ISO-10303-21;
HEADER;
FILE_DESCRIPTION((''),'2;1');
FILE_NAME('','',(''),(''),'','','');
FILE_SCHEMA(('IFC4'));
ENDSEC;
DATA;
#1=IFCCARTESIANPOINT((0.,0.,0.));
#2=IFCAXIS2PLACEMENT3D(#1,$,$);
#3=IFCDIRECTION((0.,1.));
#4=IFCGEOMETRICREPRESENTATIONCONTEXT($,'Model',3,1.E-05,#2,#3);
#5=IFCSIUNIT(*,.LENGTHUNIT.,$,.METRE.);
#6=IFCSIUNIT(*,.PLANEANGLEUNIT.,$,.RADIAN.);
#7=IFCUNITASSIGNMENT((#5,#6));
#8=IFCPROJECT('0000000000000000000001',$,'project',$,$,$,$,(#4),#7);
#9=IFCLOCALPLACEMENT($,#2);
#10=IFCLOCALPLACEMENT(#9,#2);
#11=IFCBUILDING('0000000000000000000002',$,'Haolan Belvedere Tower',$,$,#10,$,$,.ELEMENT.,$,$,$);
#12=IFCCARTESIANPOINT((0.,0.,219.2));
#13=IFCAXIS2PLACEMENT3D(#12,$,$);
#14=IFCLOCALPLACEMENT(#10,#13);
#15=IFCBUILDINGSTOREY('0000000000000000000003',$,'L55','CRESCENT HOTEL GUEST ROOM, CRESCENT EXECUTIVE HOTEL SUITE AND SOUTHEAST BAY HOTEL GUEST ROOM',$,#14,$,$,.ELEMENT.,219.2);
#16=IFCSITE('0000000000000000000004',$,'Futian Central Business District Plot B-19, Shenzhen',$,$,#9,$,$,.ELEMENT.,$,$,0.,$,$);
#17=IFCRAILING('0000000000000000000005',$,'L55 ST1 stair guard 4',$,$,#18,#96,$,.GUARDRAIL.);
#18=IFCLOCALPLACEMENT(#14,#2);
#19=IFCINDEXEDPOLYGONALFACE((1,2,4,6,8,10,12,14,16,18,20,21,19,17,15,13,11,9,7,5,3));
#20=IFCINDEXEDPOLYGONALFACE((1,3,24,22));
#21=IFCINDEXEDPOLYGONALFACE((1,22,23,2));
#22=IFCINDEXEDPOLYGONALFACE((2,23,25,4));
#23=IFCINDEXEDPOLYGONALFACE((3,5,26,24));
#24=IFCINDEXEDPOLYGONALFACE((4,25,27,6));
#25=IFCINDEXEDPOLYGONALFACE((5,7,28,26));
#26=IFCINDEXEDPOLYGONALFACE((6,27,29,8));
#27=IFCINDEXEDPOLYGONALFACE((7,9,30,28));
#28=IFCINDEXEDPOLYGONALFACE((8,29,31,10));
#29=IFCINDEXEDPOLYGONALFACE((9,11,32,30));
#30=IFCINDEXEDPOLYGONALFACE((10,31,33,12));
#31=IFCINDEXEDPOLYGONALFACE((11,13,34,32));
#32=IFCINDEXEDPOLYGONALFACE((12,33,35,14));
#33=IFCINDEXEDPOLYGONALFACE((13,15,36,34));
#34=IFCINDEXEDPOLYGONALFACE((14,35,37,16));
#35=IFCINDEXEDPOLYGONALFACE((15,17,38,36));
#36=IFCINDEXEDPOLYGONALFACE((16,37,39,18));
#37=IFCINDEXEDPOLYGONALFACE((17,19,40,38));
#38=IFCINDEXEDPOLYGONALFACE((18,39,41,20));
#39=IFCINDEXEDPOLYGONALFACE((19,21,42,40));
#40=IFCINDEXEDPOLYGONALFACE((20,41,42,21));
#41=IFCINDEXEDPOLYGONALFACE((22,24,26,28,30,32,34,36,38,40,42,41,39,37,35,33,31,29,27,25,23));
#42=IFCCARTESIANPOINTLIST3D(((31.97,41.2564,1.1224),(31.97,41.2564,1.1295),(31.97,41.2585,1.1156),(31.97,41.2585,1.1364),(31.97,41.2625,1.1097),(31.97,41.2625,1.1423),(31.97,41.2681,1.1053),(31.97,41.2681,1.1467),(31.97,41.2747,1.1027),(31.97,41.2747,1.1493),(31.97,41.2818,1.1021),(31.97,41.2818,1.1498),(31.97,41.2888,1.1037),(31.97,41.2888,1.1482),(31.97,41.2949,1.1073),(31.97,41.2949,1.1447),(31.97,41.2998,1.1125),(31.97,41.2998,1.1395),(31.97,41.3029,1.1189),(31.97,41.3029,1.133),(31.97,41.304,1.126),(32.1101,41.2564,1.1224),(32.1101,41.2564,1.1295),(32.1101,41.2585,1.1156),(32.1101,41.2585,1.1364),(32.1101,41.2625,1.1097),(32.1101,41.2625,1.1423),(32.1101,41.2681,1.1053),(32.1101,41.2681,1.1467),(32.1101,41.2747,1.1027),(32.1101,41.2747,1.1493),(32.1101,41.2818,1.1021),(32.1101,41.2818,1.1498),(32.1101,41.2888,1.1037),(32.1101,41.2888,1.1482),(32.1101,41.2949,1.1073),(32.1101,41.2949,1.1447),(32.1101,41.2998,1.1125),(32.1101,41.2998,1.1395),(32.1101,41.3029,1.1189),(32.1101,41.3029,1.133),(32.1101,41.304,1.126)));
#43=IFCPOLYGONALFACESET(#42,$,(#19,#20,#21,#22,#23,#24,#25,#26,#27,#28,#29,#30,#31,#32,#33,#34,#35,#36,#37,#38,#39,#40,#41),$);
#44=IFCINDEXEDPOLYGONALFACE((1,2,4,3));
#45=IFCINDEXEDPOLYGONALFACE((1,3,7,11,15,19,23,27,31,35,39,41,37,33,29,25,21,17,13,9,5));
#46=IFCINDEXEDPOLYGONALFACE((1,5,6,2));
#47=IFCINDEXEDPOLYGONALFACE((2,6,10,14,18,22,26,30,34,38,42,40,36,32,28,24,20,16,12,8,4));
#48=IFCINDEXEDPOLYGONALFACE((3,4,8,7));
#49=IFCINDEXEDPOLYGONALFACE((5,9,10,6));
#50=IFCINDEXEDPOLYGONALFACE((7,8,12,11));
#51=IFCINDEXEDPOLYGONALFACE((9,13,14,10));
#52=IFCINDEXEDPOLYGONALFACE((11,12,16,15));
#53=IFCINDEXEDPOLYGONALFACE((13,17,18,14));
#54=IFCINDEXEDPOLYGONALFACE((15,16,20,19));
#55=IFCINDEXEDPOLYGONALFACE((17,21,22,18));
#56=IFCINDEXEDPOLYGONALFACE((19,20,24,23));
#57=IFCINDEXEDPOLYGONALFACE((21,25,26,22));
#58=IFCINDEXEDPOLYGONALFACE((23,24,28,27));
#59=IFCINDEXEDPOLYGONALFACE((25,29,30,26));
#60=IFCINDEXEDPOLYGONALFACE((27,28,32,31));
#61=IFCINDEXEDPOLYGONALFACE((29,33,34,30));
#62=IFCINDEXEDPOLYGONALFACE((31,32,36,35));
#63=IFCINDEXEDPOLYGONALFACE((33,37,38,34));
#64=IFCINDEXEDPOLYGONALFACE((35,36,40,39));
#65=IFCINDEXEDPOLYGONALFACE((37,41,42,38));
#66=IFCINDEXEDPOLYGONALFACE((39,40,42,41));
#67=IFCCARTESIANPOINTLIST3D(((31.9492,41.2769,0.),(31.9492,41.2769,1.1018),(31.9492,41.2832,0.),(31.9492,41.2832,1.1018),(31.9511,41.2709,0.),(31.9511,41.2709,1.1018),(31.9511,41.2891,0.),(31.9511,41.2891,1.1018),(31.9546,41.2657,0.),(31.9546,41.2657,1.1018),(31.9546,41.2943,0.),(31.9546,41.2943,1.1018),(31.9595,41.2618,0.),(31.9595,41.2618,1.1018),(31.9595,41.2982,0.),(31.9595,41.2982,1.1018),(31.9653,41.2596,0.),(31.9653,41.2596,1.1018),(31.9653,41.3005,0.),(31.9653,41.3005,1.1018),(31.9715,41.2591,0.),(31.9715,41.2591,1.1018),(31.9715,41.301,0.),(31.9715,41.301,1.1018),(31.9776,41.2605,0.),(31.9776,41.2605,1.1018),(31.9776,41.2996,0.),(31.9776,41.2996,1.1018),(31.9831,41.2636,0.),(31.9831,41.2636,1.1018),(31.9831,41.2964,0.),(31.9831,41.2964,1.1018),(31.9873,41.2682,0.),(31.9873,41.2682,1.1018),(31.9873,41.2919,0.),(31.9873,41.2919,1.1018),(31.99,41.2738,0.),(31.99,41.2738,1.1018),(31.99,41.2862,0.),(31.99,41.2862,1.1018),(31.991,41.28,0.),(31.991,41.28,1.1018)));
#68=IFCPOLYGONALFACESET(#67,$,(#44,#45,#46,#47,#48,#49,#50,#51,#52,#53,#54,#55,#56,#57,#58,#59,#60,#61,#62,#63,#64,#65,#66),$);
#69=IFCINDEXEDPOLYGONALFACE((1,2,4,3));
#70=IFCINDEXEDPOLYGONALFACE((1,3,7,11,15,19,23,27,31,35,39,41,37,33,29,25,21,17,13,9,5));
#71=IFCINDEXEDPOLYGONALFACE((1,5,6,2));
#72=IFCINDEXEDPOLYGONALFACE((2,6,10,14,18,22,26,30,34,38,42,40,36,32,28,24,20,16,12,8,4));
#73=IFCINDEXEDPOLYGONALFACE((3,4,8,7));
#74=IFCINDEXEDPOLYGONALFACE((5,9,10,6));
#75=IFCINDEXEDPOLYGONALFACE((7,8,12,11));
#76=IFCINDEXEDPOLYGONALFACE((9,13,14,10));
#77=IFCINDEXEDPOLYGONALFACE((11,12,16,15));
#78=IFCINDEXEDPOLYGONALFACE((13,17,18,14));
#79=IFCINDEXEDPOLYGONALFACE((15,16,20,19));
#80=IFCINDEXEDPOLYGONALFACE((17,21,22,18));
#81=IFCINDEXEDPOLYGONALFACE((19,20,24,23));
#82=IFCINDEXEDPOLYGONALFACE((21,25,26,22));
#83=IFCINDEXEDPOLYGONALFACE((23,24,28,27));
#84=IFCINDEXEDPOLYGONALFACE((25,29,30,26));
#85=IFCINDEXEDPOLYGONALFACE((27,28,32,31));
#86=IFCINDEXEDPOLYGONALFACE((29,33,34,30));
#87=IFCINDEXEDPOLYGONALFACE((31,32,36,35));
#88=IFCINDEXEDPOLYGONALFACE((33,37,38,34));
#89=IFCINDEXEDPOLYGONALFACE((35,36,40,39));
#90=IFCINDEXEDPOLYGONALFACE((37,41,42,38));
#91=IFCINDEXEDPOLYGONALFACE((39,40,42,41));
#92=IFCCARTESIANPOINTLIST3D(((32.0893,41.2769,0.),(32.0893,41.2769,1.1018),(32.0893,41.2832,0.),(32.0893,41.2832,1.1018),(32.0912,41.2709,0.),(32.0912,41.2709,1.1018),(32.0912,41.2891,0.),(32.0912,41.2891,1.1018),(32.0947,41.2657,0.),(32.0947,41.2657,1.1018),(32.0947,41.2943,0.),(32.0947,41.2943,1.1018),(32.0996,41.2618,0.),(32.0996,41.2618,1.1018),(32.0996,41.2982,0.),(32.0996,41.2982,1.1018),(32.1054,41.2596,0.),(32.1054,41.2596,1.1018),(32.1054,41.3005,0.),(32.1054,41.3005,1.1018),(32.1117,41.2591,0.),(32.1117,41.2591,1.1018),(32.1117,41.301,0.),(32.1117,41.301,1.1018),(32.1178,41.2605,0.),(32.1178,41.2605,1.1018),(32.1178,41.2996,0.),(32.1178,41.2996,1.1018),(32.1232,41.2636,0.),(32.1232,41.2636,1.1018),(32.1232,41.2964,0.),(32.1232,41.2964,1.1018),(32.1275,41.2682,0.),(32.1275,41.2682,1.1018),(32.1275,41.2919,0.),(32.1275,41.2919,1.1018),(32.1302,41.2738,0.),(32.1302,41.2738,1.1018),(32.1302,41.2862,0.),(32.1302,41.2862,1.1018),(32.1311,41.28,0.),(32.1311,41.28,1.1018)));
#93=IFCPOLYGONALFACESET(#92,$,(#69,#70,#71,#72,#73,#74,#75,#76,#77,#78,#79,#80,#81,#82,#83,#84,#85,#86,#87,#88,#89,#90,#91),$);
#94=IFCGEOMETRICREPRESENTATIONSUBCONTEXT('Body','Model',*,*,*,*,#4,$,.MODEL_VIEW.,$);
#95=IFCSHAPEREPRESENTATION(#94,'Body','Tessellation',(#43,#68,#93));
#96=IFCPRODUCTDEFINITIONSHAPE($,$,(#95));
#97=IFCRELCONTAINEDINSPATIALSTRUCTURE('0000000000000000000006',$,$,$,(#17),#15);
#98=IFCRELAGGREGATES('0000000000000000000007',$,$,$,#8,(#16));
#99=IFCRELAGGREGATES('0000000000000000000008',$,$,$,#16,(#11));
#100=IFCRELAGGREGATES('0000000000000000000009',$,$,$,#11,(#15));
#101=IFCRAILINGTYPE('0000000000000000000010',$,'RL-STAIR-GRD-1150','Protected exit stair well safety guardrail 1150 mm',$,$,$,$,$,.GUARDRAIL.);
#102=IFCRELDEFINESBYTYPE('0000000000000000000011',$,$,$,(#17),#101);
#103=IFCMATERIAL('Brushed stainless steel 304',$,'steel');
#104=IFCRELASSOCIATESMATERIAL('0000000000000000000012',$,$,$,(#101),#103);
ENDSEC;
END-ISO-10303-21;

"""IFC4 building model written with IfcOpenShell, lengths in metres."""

from ifc_helpers import new_model, si_unit, direction, frame, origin, origin_2d, place, context, subcontext, project, spatial, circle, extrude, material, type_object, element, save


model = new_model("IFC4")

# Units and contexts
model_context = context("Model", 3, precision=1e-05, world=origin(), true_north=direction((0.0, 1.0)))
body_context = subcontext(model_context, "Body", "Model", "MODEL_VIEW")
ifc_project = project(units=[si_unit("LENGTHUNIT", "METRE"), si_unit("PLANEANGLEUNIT", "RADIAN")], contexts=[model_context])

# Site, building, storey
site_placement = place(None, origin())
site = spatial("IfcSite", under=ifc_project, at=site_placement, Name="Futian Central Business District Plot B-19, Shenzhen", CompositionType="ELEMENT", RefElevation=0.0)
building_placement = place(site_placement, origin())
building = spatial("IfcBuilding", under=site, at=building_placement, Name="Haolan Belvedere Tower", CompositionType="ELEMENT")
storey_placement = place(building_placement, frame((0.0, 0.0, 219.2)))
storey = spatial("IfcBuildingStorey", under=building, at=storey_placement, Name="L55", Description="CRESCENT HOTEL GUEST ROOM, CRESCENT EXECUTIVE HOTEL SUITE AND SOUTHEAST BAY HOTEL GUEST ROOM", CompositionType="ELEMENT", Elevation=219.2)

# Railing
ifc_material_1 = material(Name="Brushed stainless steel 304", Category="steel")
railing_type = type_object("IfcRailingType", Name="RL-STAIR-GRD-1150", Description="Protected exit stair well safety guardrail 1150 mm", PredefinedType="GUARDRAIL", material=ifc_material_1)
railing_1_placement = place(storey_placement, frame((31.97, 41.28, 0.0)))
element("IfcRailing", 1, at=railing_1_placement, inside=storey, type_object=railing_type, Name="L55 ST1 stair guard 4", PredefinedType="GUARDRAIL", context=body_context, shape_type="SweptSolid", body=[
    extrude(circle(Radius=0.0239, at=origin_2d()), frame((0.0, 0.0, 1.126), z_axis=(1.0, 0.0, 0.0), x_axis=(0.0, 1.0, 0.0)), (0.0, 0.0, 1.0), 0.1401),
    extrude(circle(Radius=0.021, at=origin_2d()), origin(), (0.0, 0.0, 1.0), 1.1018),
    extrude(circle(Radius=0.021, at=origin_2d()), frame((0.1401, 0.0, 0.0)), (0.0, 0.0, 1.0), 1.1018),
])

save(model, "model.ifc")
